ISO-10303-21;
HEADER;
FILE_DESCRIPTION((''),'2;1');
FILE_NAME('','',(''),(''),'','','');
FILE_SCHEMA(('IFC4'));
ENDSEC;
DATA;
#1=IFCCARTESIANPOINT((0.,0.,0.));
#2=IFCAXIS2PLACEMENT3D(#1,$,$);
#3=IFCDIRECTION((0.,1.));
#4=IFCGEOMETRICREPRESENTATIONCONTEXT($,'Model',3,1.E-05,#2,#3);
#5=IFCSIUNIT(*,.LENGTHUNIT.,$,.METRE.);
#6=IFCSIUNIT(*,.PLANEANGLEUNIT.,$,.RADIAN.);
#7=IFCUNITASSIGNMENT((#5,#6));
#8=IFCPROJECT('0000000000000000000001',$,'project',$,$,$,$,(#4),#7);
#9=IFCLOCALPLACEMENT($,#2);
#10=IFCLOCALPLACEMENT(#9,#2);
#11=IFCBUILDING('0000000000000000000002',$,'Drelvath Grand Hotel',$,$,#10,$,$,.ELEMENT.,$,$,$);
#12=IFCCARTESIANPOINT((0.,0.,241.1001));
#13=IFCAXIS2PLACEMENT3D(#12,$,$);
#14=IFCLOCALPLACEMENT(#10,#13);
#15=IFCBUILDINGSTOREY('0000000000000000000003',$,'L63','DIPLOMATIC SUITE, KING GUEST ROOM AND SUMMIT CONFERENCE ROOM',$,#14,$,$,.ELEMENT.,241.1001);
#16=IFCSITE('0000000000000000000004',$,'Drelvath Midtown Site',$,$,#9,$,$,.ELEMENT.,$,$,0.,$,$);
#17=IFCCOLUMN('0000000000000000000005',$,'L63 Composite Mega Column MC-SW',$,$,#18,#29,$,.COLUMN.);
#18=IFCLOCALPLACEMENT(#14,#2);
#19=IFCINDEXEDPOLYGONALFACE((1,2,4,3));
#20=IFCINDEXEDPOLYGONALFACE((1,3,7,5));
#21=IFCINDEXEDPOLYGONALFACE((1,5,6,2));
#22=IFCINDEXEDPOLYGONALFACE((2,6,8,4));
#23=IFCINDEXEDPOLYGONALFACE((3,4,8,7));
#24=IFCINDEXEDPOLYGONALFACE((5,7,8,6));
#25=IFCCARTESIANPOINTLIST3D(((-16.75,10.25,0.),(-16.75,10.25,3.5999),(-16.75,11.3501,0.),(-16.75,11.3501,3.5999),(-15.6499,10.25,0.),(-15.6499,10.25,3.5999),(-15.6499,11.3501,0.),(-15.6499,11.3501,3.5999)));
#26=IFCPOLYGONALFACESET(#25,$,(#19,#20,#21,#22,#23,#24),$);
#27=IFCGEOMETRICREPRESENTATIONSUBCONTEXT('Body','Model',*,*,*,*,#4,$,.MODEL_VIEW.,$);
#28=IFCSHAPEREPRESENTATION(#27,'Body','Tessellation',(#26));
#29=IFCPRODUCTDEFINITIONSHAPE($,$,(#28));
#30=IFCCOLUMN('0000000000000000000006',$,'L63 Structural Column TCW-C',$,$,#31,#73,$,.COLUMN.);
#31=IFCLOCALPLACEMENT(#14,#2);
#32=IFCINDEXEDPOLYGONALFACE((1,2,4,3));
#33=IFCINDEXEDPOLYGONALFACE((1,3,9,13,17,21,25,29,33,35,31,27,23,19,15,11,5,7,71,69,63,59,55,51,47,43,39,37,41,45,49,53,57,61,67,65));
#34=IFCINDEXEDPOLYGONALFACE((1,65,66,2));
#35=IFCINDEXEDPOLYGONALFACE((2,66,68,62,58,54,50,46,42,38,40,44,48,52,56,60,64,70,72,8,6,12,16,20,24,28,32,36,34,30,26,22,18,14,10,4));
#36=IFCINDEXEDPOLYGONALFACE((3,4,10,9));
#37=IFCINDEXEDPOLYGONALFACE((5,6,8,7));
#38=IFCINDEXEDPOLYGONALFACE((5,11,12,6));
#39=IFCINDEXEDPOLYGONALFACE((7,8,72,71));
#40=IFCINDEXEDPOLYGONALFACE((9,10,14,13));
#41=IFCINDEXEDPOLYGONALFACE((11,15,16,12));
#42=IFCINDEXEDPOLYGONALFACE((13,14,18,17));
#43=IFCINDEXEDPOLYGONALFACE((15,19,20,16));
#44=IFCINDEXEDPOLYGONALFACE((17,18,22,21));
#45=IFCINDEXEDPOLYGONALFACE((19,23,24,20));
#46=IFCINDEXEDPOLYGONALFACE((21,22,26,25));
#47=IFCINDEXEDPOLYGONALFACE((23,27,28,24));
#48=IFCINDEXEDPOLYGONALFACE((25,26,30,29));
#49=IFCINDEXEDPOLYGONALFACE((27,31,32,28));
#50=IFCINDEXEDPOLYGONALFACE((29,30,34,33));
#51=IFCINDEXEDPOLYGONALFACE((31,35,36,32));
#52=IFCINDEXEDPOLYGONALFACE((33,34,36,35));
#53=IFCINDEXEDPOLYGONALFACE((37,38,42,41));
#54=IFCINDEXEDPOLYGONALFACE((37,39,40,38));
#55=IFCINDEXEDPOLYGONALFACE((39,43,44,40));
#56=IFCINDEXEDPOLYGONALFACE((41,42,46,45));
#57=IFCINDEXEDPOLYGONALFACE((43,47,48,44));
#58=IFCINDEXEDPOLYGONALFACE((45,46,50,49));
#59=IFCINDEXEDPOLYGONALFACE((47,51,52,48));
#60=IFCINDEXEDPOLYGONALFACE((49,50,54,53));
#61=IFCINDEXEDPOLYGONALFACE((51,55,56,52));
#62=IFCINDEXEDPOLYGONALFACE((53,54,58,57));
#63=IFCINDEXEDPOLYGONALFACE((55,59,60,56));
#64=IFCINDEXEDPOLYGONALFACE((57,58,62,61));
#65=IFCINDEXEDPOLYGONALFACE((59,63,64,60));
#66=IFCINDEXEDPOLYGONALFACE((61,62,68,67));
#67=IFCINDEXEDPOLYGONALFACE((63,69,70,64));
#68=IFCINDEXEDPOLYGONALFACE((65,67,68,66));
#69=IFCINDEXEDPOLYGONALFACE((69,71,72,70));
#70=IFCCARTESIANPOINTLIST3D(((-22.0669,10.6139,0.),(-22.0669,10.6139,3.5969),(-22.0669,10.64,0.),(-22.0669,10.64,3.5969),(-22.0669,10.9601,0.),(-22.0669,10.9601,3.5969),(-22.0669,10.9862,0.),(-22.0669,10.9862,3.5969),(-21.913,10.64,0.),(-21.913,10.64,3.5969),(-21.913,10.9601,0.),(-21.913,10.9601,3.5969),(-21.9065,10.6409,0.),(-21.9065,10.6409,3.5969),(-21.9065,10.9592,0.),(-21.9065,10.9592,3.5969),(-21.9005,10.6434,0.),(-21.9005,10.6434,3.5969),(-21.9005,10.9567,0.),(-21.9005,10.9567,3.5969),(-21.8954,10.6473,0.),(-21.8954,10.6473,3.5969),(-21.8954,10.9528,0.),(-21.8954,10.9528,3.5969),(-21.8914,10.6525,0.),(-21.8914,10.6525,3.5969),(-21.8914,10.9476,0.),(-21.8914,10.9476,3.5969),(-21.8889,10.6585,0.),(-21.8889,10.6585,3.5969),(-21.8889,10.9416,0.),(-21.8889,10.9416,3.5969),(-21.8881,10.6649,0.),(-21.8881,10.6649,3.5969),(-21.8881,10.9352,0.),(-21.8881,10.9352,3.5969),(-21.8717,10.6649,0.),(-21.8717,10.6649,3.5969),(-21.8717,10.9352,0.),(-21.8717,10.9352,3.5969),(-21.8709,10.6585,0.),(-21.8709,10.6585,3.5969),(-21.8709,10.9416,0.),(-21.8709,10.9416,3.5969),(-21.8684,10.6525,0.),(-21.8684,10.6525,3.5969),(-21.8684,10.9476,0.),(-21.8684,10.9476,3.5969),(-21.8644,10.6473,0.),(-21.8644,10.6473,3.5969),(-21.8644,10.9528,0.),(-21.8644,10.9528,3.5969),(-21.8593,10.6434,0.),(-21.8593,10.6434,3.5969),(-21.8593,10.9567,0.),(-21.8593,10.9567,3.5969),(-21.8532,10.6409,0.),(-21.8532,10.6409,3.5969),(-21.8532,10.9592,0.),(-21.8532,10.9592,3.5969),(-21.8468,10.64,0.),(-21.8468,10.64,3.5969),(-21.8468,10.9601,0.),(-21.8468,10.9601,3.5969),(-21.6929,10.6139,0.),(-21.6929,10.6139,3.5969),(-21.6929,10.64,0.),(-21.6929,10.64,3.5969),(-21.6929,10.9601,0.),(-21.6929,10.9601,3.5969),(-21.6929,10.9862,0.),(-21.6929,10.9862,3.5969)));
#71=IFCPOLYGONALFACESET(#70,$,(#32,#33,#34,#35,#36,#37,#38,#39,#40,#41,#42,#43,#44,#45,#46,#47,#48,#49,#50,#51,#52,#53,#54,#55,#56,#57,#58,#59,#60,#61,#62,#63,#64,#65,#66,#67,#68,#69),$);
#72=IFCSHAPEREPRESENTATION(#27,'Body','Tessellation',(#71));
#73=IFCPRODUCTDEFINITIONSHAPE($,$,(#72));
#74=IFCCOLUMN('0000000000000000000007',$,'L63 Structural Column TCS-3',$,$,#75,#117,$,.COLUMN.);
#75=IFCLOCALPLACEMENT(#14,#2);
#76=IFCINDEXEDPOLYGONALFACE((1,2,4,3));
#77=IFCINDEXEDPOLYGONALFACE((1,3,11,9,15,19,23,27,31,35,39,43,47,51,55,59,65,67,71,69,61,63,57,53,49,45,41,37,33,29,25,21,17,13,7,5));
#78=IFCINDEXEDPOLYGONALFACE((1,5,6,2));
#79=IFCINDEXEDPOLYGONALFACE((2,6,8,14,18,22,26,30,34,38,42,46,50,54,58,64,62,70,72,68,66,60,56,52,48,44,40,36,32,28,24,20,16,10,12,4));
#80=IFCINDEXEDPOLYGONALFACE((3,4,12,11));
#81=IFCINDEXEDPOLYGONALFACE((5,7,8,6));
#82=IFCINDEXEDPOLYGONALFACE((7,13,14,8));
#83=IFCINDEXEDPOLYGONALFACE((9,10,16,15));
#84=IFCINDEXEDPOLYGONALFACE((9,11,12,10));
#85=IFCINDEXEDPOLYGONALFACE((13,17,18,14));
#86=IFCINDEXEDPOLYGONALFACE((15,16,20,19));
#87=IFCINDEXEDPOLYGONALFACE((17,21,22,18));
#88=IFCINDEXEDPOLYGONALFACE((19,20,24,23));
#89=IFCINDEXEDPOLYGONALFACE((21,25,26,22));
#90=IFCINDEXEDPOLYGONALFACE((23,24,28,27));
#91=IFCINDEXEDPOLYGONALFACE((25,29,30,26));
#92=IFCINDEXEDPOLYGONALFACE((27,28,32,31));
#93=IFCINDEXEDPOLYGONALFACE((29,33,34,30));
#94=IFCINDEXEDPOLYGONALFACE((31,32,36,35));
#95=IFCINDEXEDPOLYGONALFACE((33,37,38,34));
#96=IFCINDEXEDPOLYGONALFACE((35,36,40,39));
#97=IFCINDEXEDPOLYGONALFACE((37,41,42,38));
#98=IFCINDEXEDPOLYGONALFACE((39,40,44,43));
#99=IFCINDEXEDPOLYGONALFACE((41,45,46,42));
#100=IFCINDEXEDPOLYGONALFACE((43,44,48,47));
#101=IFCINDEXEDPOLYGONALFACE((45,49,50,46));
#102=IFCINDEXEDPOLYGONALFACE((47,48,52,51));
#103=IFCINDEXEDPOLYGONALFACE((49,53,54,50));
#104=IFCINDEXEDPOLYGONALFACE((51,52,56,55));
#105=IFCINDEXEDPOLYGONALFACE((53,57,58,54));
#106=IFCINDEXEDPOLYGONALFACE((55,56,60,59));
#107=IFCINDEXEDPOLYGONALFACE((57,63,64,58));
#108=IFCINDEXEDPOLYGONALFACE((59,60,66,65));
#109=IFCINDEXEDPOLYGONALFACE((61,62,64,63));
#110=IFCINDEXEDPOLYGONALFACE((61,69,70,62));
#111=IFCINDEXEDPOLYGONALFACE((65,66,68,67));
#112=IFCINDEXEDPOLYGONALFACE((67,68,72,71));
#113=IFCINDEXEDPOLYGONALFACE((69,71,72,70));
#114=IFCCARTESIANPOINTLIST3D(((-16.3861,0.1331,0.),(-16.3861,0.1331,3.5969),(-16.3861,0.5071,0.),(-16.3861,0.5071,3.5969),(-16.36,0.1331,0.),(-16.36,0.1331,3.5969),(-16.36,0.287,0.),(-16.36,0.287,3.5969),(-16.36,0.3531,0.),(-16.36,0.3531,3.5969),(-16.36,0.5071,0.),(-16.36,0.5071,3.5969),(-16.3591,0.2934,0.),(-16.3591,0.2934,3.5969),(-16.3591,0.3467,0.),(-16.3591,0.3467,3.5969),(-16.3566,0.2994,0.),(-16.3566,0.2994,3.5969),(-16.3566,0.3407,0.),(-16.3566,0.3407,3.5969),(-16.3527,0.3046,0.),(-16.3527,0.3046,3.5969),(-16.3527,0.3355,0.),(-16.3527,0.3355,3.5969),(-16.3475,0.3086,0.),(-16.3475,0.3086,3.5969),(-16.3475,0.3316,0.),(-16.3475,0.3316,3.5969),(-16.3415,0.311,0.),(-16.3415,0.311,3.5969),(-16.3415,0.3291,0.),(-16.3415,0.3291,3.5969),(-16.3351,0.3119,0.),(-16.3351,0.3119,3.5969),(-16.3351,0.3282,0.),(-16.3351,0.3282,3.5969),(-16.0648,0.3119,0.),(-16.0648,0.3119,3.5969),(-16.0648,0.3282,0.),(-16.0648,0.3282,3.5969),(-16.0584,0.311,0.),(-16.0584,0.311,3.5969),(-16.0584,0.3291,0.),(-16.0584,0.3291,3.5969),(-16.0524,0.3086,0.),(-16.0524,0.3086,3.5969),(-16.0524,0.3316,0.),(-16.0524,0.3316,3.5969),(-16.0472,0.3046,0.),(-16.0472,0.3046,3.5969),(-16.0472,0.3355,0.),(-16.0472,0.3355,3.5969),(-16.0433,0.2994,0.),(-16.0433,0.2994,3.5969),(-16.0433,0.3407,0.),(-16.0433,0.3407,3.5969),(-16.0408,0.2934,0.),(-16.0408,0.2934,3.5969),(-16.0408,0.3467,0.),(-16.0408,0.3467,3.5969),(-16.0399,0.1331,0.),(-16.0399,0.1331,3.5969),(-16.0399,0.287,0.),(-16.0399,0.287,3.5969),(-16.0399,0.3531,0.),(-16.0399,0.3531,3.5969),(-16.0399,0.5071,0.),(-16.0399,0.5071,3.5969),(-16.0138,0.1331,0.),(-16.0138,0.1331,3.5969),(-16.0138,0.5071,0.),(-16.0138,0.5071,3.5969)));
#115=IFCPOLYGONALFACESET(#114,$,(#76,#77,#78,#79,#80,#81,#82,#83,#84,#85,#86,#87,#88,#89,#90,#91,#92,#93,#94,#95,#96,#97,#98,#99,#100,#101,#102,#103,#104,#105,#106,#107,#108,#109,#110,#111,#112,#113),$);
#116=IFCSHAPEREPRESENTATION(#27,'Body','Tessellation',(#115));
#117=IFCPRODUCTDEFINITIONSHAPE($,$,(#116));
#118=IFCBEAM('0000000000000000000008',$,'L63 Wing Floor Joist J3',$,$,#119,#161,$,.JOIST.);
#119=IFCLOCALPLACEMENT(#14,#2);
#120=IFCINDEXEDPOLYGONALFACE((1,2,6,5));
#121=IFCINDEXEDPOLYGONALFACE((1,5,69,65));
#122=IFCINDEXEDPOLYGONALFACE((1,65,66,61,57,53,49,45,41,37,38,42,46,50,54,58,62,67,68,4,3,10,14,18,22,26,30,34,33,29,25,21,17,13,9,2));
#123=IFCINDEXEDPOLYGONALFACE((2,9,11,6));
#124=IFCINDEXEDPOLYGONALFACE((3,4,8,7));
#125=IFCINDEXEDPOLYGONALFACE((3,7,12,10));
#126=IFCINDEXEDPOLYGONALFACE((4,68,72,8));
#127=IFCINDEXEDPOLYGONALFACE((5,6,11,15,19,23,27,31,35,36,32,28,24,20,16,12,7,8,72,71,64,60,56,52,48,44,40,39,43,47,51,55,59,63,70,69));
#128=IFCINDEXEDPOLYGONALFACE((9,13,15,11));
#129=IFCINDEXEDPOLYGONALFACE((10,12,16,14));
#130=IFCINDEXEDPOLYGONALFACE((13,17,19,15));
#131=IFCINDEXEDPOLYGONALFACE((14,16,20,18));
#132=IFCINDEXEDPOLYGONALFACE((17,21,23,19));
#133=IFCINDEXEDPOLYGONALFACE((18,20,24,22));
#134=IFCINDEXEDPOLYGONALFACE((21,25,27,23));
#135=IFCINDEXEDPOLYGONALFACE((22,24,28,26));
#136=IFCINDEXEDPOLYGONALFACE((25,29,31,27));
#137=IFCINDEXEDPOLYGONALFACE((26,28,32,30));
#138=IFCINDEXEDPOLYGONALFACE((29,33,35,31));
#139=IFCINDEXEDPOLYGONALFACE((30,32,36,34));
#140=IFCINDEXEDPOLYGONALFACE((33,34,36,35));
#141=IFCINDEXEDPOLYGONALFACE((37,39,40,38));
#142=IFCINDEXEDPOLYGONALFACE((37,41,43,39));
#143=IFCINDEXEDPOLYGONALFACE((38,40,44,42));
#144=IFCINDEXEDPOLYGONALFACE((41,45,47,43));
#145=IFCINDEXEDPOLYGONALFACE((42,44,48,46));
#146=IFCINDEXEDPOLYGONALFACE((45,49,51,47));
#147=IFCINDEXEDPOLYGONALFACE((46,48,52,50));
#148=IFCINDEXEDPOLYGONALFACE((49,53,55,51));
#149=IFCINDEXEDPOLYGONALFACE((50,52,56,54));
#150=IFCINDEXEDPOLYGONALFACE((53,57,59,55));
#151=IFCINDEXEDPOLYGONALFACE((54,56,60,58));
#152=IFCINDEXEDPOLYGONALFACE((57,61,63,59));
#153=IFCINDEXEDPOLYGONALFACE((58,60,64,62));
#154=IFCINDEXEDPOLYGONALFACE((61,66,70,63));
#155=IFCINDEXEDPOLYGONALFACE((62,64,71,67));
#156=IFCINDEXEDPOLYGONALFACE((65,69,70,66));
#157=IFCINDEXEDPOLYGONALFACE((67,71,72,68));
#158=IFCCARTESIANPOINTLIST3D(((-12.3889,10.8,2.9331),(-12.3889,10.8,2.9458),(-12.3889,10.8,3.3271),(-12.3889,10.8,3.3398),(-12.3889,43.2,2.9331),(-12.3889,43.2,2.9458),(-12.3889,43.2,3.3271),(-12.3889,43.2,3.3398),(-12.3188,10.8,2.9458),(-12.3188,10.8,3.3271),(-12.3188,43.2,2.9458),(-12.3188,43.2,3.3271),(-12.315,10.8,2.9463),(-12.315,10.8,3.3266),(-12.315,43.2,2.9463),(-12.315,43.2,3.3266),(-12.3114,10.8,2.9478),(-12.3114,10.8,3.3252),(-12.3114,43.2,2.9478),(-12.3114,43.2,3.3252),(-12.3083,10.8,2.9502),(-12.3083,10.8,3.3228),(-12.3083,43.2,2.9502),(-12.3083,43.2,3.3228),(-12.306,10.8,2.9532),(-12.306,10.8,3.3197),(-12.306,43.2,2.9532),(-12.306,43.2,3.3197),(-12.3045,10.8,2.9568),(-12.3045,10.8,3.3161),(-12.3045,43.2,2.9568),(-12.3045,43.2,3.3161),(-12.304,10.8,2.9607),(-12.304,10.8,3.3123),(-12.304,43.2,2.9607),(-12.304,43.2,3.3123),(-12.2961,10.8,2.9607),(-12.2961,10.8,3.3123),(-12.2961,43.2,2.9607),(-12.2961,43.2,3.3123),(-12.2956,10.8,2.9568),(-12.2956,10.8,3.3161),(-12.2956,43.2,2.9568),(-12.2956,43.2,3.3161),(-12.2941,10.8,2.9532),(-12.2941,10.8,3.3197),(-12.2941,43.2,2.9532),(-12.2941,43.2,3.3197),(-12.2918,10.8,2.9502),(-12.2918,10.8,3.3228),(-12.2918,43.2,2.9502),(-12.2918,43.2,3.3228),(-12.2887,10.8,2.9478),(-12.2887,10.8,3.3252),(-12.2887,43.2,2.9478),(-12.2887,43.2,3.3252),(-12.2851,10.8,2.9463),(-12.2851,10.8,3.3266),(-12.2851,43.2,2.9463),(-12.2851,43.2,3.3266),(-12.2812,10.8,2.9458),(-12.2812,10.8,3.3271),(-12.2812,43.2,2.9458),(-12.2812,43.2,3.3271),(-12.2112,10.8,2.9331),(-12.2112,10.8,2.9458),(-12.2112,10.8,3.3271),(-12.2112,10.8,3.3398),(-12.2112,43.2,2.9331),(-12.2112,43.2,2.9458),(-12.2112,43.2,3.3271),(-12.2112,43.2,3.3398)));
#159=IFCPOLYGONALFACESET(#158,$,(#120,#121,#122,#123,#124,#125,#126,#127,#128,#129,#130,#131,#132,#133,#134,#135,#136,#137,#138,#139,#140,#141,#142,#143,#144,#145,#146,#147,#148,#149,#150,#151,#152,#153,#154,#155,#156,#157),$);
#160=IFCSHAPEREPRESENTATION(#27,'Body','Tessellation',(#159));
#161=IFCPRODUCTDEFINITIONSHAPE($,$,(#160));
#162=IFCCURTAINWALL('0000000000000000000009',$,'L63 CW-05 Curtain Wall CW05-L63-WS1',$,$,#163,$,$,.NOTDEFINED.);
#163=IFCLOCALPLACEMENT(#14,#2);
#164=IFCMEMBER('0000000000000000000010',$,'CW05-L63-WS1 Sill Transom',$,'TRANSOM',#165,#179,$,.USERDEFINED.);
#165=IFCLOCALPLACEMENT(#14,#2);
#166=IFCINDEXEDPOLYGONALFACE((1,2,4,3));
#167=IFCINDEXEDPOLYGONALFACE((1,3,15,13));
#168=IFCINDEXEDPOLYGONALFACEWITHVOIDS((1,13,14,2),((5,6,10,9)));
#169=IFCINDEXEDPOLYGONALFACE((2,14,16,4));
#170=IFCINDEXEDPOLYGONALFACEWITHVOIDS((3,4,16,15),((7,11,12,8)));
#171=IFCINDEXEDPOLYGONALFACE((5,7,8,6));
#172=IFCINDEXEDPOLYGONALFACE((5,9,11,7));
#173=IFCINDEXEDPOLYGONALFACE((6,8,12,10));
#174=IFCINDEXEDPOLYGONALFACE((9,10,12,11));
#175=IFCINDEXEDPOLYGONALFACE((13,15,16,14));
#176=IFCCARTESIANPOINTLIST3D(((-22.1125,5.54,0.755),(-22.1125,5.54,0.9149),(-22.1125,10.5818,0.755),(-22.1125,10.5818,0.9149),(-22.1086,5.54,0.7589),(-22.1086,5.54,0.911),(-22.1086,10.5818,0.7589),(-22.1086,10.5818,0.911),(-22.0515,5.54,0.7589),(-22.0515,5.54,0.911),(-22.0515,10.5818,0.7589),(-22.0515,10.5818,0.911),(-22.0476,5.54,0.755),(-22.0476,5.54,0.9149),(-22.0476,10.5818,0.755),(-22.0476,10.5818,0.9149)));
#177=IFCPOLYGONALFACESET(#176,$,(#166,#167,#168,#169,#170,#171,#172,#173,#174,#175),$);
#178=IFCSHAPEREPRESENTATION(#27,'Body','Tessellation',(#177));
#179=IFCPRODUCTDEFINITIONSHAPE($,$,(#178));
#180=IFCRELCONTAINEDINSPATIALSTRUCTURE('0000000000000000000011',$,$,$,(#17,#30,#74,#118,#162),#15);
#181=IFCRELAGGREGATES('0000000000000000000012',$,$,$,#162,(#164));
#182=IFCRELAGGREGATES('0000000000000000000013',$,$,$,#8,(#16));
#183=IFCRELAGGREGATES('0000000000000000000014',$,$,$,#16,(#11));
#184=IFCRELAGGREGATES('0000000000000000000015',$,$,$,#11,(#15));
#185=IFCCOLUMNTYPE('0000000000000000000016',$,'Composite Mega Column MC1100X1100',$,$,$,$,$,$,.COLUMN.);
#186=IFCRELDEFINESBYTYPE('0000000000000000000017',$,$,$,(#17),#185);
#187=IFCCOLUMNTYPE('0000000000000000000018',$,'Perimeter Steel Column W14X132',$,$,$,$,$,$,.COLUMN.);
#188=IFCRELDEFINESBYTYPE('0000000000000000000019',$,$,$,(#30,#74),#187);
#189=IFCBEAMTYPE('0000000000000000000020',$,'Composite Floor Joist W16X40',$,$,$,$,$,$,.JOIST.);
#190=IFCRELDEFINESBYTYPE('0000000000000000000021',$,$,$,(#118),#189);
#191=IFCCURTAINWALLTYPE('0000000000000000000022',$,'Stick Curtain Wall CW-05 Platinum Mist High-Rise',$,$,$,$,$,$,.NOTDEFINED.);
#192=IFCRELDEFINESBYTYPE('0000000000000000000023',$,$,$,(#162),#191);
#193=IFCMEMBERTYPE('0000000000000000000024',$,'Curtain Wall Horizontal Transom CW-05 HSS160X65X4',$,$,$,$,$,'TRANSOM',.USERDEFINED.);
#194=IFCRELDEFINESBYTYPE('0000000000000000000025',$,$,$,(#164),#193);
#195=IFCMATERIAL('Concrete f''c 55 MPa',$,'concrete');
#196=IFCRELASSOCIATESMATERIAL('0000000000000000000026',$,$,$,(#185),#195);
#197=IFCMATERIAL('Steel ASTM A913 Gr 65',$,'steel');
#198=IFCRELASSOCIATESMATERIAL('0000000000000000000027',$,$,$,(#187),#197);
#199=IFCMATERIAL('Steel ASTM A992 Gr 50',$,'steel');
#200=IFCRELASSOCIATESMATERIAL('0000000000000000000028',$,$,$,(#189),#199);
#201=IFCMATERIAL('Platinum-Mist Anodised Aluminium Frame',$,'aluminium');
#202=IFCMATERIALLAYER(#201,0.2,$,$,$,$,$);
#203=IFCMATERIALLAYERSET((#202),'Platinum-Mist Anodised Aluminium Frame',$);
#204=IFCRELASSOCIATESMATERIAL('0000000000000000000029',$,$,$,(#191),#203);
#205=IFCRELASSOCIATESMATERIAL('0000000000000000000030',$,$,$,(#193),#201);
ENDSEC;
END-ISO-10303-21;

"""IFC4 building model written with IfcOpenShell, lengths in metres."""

from ifc_helpers import new_model, si_unit, direction, frame, origin, origin_2d, place, context, subcontext, project, spatial, rectangle, hollow_rectangle, i_section, extrude, material, layer, layer_set, material_profile, profile_set, type_object, element, aggregate, save


model = new_model("IFC4")

# Units and contexts
model_context = context("Model", 3, precision=1e-05, world=origin(), true_north=direction((0.0, 1.0)))
body_context = subcontext(model_context, "Body", "Model", "MODEL_VIEW")
ifc_project = project(units=[si_unit("LENGTHUNIT", "METRE"), si_unit("PLANEANGLEUNIT", "RADIAN")], contexts=[model_context])

# Site, building, storey
site_placement = place(None, origin())
site = spatial("IfcSite", under=ifc_project, at=site_placement, Name="Drelvath Midtown Site", CompositionType="ELEMENT", RefElevation=0.0)
building_placement = place(site_placement, origin())
building = spatial("IfcBuilding", under=site, at=building_placement, Name="Drelvath Grand Hotel", CompositionType="ELEMENT")
storey_placement = place(building_placement, frame((0.0, 0.0, 241.1001)))
storey = spatial("IfcBuildingStorey", under=building, at=storey_placement, Name="L63", Description="DIPLOMATIC SUITE, KING GUEST ROOM AND SUMMIT CONFERENCE ROOM", CompositionType="ELEMENT", Elevation=241.1001)

# Columns
ifc_material_1 = material(Name="Concrete f'c 55 MPa", Category="concrete")
ifc_material_profile_1 = material_profile(ifc_material_1, rectangle(XDim=1.1001, YDim=1.1001, at=origin_2d()), Name="MC1100X1100")
ifc_profile_set_1 = profile_set([ifc_material_profile_1], Name="Concrete f'c 55 MPa")
column_type_1 = type_object("IfcColumnType", Name="Composite Mega Column MC1100X1100", PredefinedType="COLUMN", material=ifc_profile_set_1)
column_placement = place(storey_placement, frame((-16.2, 10.8, 0.0), z_axis=(0.0, 0.0, 1.0), x_axis=(1.0, 0.0, 0.0)))
element("IfcColumn", 1, at=column_placement, inside=storey, type_object=column_type_1, Name="L63 Composite Mega Column MC-SW", PredefinedType="COLUMN", context=body_context, shape_type="SweptSolid", body=[
    extrude(rectangle(XDim=1.1001, YDim=1.1001, at=origin_2d()), origin(), (0.0, 0.0, 1.0), 3.5999),
])
ifc_material_2 = material(Name="Steel ASTM A913 Gr 65", Category="steel")
ifc_material_profile_2 = material_profile(ifc_material_2, i_section(OverallWidth=0.374, OverallDepth=0.3723, WebThickness=0.0164, FlangeThickness=0.0261, FilletRadius=0.0249, at=origin_2d()), Name="W14X132")
ifc_profile_set_2 = profile_set([ifc_material_profile_2], Name="Steel ASTM A913 Gr 65")
column_type_2 = type_object("IfcColumnType", Name="Perimeter Steel Column W14X132", PredefinedType="COLUMN", material=ifc_profile_set_2)
for number, where, z_axis, x_axis, name in (
    (2, (-21.8799, 10.8, 0.0), (0.0, 0.0, 1.0), (1.0, 0.0, 0.0), "L63 Structural Column TCW-C"),
    (3, (-16.2, 0.3201, 0.0), (0.0, 0.0, 1.0), (0.0, 1.0, 0.0), "L63 Structural Column TCS-3"),
):
    element("IfcColumn", number, at=place(storey_placement, frame(where, z_axis=z_axis, x_axis=x_axis)), inside=storey, type_object=column_type_2, Name=name, PredefinedType="COLUMN", context=body_context, shape_type="SweptSolid", body=[
        extrude(i_section(OverallWidth=0.374, OverallDepth=0.3723, WebThickness=0.0164, FlangeThickness=0.0261, FilletRadius=0.0249, at=origin_2d()), origin(), (0.0, 0.0, 1.0), 3.5969),
    ])

# Beam
ifc_material_3 = material(Name="Steel ASTM A992 Gr 50", Category="steel")
ifc_material_profile_3 = material_profile(ifc_material_3, i_section(OverallWidth=0.1777, OverallDepth=0.4067, WebThickness=0.0078, FlangeThickness=0.0127, FilletRadius=0.0149, at=origin_2d()), Name="W16X40")
ifc_profile_set_3 = profile_set([ifc_material_profile_3], Name="Steel ASTM A992 Gr 50")
beam_type_1 = type_object("IfcBeamType", Name="Composite Floor Joist W16X40", PredefinedType="JOIST", material=ifc_profile_set_3)
beam_1_placement = place(storey_placement, frame((-12.3, 10.8, 3.1365), z_axis=(0.0, 1.0, 0.0), x_axis=(-1.0, 0.0, 0.0)))
element("IfcBeam", 4, at=beam_1_placement, inside=storey, type_object=beam_type_1, Name="L63 Wing Floor Joist J3", PredefinedType="JOIST", context=body_context, shape_type="SweptSolid", body=[
    extrude(i_section(OverallWidth=0.1777, OverallDepth=0.4067, WebThickness=0.0078, FlangeThickness=0.0127, FilletRadius=0.0149, at=origin_2d()), origin(), (0.0, 0.0, 1.0), 32.3999),
])

# Curtain wall, member
ifc_material_4 = material(Name="Platinum-Mist Anodised Aluminium Frame", Category="aluminium")
ifc_layer_1 = layer(ifc_material_4, 0.2)
ifc_layer_set_1 = layer_set([ifc_layer_1], Name="Platinum-Mist Anodised Aluminium Frame")
curtain_wall_type = type_object("IfcCurtainWallType", Name="Stick Curtain Wall CW-05 Platinum Mist High-Rise", PredefinedType="NOTDEFINED", material=ifc_layer_set_1)
curtain_wall_1_placement = place(storey_placement, origin())
curtain_wall_1 = element("IfcCurtainWall", 5, at=curtain_wall_1_placement, inside=storey, type_object=curtain_wall_type, Name="L63 CW-05 Curtain Wall CW05-L63-WS1", PredefinedType="NOTDEFINED")
ifc_material_profile_4 = material_profile(ifc_material_4, hollow_rectangle(XDim=0.0649, YDim=0.1599, WallThickness=0.0039, at=origin_2d()), Name="HSS160X65X4")
ifc_profile_set_4 = profile_set([ifc_material_profile_4], Name="Platinum-Mist Anodised Aluminium Frame")
member_type_1 = type_object("IfcMemberType", Name="Curtain Wall Horizontal Transom CW-05 HSS160X65X4", ElementType="TRANSOM", PredefinedType="USERDEFINED", material=ifc_profile_set_4)
member_1_placement = place(storey_placement, frame((-22.0801, 5.54, 0.835), z_axis=(0.0, 1.0, 0.0), x_axis=(-1.0, 0.0, 0.0)))
member_1 = element("IfcMember", 6, at=member_1_placement, type_object=member_type_1, Name="CW05-L63-WS1 Sill Transom", ObjectType="TRANSOM", PredefinedType="USERDEFINED", context=body_context, shape_type="SweptSolid", body=[
    extrude(hollow_rectangle(XDim=0.0649, YDim=0.1599, WallThickness=0.0039, at=origin_2d()), origin(), (0.0, 0.0, 1.0), 5.0417),
])

aggregate(curtain_wall_1, [member_1])

save(model, "model.ifc")
